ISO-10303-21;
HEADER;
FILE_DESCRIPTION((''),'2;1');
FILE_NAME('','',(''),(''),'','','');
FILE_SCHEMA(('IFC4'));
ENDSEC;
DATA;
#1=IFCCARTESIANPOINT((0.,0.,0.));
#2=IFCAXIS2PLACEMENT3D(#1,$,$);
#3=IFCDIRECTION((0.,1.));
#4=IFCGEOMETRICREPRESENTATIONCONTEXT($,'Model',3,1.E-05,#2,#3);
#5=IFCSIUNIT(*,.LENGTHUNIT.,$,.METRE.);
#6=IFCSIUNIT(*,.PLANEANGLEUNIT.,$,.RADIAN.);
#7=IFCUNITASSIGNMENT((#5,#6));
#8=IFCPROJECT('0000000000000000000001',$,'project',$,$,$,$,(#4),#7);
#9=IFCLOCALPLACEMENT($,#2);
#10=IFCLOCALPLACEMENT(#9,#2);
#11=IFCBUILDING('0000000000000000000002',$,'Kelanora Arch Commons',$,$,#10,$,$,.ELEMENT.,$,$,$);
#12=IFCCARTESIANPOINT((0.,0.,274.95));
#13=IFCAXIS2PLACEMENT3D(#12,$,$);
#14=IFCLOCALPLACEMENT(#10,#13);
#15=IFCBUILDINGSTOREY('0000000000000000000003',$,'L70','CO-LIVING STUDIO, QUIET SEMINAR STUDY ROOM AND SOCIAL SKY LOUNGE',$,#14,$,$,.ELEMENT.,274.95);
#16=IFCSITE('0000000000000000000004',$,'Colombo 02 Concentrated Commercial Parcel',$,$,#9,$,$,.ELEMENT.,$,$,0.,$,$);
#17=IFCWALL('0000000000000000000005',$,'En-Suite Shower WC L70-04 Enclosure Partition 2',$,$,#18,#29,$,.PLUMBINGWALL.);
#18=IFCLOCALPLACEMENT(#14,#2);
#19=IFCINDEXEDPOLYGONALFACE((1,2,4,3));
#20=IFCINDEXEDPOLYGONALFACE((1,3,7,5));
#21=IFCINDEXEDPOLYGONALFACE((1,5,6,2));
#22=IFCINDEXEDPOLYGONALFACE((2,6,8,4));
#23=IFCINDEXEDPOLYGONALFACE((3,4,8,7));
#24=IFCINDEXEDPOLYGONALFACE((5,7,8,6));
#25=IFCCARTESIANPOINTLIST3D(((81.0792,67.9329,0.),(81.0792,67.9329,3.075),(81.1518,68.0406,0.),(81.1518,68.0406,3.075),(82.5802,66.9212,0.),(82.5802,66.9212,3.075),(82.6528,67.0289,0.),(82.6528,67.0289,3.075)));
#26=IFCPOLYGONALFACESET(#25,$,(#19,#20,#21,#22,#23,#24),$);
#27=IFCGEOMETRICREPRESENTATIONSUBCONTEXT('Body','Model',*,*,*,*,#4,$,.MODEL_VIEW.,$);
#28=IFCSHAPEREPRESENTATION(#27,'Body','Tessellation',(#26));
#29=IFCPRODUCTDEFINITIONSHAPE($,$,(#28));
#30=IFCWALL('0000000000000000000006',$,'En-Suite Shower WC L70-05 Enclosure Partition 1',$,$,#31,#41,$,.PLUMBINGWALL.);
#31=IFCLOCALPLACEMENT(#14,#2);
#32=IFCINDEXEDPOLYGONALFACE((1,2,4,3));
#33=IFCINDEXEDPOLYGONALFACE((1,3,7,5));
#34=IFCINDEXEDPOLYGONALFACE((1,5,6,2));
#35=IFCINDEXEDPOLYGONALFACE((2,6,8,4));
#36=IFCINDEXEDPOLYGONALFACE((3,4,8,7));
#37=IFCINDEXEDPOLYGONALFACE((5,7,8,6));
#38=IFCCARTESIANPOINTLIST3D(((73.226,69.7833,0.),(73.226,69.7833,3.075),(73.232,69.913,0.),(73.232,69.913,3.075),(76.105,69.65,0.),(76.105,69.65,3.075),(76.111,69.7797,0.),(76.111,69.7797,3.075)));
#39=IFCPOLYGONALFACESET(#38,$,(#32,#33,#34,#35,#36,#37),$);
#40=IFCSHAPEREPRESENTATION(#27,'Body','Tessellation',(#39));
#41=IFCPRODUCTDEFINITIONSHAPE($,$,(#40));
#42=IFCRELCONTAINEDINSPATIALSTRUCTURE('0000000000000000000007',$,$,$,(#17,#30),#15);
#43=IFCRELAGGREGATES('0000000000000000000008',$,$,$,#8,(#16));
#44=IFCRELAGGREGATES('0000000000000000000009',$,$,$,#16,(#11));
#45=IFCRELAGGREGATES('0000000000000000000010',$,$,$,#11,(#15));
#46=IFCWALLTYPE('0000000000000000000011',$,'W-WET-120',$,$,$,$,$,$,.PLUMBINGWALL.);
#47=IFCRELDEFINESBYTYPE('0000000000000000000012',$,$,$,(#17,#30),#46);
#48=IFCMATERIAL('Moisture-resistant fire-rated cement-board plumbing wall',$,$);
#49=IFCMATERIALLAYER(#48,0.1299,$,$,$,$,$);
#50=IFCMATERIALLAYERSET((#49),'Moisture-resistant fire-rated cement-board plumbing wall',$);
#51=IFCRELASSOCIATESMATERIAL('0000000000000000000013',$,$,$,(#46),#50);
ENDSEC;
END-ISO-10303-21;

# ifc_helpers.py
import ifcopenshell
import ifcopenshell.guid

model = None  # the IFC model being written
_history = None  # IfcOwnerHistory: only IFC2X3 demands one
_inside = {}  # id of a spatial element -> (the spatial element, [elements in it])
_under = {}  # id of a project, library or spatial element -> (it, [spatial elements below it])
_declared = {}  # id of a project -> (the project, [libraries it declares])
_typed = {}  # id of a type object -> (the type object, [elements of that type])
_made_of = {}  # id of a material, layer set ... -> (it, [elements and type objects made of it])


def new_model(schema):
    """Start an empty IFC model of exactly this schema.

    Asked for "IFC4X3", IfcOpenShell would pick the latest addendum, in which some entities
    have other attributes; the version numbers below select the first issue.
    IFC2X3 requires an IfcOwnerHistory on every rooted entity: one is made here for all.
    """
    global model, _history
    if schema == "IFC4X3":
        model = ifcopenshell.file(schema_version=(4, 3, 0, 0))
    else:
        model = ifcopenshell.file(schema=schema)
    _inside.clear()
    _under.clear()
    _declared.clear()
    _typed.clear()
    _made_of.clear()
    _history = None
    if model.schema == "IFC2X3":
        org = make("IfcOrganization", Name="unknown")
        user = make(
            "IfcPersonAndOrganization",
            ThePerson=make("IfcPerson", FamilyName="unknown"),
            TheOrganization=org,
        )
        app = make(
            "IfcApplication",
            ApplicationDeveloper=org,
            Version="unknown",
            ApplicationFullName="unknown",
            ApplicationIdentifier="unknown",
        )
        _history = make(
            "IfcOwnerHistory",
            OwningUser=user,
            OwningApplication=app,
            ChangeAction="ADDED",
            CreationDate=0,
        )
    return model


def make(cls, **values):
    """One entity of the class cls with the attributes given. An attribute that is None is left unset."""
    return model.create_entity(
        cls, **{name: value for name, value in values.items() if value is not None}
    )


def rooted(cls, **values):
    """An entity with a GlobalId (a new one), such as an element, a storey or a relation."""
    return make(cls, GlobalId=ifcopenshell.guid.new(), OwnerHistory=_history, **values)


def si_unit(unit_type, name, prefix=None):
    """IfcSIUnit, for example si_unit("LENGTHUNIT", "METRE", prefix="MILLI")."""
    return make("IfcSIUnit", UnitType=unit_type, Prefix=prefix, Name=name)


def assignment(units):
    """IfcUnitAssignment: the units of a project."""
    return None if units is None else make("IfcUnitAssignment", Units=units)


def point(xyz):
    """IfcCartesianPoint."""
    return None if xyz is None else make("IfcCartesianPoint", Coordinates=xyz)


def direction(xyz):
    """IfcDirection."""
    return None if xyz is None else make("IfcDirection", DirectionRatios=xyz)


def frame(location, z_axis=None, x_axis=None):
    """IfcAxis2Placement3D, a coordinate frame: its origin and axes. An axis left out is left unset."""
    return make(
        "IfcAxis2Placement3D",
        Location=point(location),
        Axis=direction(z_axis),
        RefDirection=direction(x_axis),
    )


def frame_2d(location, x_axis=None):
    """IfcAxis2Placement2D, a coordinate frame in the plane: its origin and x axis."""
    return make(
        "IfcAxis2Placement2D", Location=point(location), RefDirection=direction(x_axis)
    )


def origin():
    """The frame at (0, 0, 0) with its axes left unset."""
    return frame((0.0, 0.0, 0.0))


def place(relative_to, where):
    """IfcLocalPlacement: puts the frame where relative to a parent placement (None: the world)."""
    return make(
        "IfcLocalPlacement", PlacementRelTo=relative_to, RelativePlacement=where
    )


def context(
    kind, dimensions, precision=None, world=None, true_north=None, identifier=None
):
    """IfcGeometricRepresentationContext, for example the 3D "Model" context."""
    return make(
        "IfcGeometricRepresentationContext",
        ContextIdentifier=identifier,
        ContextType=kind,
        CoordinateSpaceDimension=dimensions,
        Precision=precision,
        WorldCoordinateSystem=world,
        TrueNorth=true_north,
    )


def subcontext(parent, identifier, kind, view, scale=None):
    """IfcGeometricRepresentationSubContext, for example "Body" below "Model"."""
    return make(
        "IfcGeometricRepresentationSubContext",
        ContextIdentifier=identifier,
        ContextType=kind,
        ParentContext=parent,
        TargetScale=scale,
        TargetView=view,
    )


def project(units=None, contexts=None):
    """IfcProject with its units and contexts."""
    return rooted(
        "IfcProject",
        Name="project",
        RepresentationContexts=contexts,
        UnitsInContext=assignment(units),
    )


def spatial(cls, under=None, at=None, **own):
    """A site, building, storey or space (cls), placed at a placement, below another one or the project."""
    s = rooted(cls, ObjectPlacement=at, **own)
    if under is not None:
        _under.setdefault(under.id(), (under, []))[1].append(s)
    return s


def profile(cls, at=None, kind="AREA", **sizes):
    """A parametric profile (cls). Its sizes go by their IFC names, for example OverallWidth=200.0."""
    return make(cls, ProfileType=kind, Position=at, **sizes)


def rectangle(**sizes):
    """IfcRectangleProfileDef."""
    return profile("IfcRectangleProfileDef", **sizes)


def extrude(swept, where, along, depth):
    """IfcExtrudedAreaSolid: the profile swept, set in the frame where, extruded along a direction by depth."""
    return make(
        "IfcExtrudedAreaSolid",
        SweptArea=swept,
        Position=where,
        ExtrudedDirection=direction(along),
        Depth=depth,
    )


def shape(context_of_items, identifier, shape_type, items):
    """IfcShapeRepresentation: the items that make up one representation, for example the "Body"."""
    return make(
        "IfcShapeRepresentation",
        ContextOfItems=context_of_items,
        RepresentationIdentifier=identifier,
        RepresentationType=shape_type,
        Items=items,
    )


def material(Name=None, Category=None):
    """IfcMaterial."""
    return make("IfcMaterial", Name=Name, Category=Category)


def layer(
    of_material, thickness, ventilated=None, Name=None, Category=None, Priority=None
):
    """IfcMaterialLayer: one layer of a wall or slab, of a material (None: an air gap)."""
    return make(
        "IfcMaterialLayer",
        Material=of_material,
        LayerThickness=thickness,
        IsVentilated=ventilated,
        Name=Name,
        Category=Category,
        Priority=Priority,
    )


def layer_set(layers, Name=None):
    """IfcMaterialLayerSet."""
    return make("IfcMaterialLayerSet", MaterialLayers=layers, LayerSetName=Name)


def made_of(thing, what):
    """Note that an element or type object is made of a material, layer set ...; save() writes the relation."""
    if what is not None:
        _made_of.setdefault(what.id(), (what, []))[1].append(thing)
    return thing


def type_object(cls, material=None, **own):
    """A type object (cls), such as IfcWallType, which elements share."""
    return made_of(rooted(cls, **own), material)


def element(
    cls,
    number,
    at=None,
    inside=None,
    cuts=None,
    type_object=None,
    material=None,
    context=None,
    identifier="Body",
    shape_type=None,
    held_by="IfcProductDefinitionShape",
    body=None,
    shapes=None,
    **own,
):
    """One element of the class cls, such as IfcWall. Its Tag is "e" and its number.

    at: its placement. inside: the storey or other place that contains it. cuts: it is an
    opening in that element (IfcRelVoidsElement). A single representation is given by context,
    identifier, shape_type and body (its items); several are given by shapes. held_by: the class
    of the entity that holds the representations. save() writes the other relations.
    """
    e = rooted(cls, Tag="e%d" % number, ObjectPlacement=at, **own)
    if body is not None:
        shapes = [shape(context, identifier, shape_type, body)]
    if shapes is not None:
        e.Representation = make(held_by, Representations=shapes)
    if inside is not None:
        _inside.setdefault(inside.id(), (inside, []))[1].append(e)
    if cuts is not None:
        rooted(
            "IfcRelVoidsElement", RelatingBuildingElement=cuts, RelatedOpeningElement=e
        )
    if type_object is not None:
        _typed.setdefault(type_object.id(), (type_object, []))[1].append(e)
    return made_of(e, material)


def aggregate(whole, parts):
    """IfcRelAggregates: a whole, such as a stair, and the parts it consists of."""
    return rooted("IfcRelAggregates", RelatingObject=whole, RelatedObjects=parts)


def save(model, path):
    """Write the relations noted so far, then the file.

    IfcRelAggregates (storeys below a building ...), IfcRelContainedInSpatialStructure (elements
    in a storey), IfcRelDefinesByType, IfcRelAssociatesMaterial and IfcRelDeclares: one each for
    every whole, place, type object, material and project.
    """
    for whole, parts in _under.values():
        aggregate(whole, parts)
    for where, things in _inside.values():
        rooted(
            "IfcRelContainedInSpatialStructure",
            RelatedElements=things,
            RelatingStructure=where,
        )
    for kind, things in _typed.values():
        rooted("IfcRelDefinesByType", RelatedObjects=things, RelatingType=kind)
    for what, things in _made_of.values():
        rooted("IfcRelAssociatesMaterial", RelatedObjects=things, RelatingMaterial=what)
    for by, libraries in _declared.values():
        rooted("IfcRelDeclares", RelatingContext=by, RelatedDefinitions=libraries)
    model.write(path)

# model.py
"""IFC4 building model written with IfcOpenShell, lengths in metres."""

from ifc_helpers import new_model, si_unit, direction, frame, frame_2d, origin, place, context, subcontext, project, spatial, rectangle, extrude, material, layer, layer_set, type_object, element, save


model = new_model("IFC4")

# Units and contexts
model_context = context("Model", 3, precision=1e-05, world=origin(), true_north=direction((0.0, 1.0)))
body_context = subcontext(model_context, "Body", "Model", "MODEL_VIEW")
ifc_project = project(units=[si_unit("LENGTHUNIT", "METRE"), si_unit("PLANEANGLEUNIT", "RADIAN")], contexts=[model_context])

# Site, building, storey
site_placement = place(None, origin())
site = spatial("IfcSite", under=ifc_project, at=site_placement, Name="Colombo 02 Concentrated Commercial Parcel", CompositionType="ELEMENT", RefElevation=0.0)
building_placement = place(site_placement, origin())
building = spatial("IfcBuilding", under=site, at=building_placement, Name="Kelanora Arch Commons", CompositionType="ELEMENT")
storey_placement = place(building_placement, frame((0.0, 0.0, 274.95)))
storey = spatial("IfcBuildingStorey", under=building, at=storey_placement, Name="L70", Description="CO-LIVING STUDIO, QUIET SEMINAR STUDY ROOM AND SOCIAL SKY LOUNGE", CompositionType="ELEMENT", Elevation=274.95)

# Shared definitions
ifc_material_1 = material(Name="Moisture-resistant fire-rated cement-board plumbing wall")
ifc_layer_1 = layer(ifc_material_1, 0.1299)
ifc_layer_set_1 = layer_set([ifc_layer_1], Name="Moisture-resistant fire-rated cement-board plumbing wall")
wall_type_1 = type_object("IfcWallType", Name="W-WET-120", PredefinedType="PLUMBINGWALL", material=ifc_layer_set_1)

# Walls
wall_1_placement = place(storey_placement, frame((82.6165, 66.9751, 0.0), z_axis=(0.0, 0.0, 1.0), x_axis=(-0.829218, 0.558926, 0.0)))
element("IfcWall", 1, at=wall_1_placement, inside=storey, type_object=wall_type_1, Name="En-Suite Shower WC L70-04 Enclosure Partition 2", PredefinedType="PLUMBINGWALL", context=body_context, shape_type="SweptSolid", body=[
    extrude(rectangle(XDim=1.8101, YDim=0.1299, at=frame_2d((0.905, 0.0))), origin(), (0.0, 0.0, 1.0), 3.075),
])
wall_2_placement = place(storey_placement, frame((76.1079, 69.7148, 0.0), z_axis=(0.0, 0.0, 1.0), x_axis=(-0.99893, 0.046253, 0.0)))
element("IfcWall", 2, at=wall_2_placement, inside=storey, type_object=wall_type_1, Name="En-Suite Shower WC L70-05 Enclosure Partition 1", PredefinedType="PLUMBINGWALL", context=body_context, shape_type="SweptSolid", body=[
    extrude(rectangle(XDim=2.8821, YDim=0.1299, at=frame_2d((1.4409, 0.0))), origin(), (0.0, 0.0, 1.0), 3.075),
])

save(model, "model.ifc")
